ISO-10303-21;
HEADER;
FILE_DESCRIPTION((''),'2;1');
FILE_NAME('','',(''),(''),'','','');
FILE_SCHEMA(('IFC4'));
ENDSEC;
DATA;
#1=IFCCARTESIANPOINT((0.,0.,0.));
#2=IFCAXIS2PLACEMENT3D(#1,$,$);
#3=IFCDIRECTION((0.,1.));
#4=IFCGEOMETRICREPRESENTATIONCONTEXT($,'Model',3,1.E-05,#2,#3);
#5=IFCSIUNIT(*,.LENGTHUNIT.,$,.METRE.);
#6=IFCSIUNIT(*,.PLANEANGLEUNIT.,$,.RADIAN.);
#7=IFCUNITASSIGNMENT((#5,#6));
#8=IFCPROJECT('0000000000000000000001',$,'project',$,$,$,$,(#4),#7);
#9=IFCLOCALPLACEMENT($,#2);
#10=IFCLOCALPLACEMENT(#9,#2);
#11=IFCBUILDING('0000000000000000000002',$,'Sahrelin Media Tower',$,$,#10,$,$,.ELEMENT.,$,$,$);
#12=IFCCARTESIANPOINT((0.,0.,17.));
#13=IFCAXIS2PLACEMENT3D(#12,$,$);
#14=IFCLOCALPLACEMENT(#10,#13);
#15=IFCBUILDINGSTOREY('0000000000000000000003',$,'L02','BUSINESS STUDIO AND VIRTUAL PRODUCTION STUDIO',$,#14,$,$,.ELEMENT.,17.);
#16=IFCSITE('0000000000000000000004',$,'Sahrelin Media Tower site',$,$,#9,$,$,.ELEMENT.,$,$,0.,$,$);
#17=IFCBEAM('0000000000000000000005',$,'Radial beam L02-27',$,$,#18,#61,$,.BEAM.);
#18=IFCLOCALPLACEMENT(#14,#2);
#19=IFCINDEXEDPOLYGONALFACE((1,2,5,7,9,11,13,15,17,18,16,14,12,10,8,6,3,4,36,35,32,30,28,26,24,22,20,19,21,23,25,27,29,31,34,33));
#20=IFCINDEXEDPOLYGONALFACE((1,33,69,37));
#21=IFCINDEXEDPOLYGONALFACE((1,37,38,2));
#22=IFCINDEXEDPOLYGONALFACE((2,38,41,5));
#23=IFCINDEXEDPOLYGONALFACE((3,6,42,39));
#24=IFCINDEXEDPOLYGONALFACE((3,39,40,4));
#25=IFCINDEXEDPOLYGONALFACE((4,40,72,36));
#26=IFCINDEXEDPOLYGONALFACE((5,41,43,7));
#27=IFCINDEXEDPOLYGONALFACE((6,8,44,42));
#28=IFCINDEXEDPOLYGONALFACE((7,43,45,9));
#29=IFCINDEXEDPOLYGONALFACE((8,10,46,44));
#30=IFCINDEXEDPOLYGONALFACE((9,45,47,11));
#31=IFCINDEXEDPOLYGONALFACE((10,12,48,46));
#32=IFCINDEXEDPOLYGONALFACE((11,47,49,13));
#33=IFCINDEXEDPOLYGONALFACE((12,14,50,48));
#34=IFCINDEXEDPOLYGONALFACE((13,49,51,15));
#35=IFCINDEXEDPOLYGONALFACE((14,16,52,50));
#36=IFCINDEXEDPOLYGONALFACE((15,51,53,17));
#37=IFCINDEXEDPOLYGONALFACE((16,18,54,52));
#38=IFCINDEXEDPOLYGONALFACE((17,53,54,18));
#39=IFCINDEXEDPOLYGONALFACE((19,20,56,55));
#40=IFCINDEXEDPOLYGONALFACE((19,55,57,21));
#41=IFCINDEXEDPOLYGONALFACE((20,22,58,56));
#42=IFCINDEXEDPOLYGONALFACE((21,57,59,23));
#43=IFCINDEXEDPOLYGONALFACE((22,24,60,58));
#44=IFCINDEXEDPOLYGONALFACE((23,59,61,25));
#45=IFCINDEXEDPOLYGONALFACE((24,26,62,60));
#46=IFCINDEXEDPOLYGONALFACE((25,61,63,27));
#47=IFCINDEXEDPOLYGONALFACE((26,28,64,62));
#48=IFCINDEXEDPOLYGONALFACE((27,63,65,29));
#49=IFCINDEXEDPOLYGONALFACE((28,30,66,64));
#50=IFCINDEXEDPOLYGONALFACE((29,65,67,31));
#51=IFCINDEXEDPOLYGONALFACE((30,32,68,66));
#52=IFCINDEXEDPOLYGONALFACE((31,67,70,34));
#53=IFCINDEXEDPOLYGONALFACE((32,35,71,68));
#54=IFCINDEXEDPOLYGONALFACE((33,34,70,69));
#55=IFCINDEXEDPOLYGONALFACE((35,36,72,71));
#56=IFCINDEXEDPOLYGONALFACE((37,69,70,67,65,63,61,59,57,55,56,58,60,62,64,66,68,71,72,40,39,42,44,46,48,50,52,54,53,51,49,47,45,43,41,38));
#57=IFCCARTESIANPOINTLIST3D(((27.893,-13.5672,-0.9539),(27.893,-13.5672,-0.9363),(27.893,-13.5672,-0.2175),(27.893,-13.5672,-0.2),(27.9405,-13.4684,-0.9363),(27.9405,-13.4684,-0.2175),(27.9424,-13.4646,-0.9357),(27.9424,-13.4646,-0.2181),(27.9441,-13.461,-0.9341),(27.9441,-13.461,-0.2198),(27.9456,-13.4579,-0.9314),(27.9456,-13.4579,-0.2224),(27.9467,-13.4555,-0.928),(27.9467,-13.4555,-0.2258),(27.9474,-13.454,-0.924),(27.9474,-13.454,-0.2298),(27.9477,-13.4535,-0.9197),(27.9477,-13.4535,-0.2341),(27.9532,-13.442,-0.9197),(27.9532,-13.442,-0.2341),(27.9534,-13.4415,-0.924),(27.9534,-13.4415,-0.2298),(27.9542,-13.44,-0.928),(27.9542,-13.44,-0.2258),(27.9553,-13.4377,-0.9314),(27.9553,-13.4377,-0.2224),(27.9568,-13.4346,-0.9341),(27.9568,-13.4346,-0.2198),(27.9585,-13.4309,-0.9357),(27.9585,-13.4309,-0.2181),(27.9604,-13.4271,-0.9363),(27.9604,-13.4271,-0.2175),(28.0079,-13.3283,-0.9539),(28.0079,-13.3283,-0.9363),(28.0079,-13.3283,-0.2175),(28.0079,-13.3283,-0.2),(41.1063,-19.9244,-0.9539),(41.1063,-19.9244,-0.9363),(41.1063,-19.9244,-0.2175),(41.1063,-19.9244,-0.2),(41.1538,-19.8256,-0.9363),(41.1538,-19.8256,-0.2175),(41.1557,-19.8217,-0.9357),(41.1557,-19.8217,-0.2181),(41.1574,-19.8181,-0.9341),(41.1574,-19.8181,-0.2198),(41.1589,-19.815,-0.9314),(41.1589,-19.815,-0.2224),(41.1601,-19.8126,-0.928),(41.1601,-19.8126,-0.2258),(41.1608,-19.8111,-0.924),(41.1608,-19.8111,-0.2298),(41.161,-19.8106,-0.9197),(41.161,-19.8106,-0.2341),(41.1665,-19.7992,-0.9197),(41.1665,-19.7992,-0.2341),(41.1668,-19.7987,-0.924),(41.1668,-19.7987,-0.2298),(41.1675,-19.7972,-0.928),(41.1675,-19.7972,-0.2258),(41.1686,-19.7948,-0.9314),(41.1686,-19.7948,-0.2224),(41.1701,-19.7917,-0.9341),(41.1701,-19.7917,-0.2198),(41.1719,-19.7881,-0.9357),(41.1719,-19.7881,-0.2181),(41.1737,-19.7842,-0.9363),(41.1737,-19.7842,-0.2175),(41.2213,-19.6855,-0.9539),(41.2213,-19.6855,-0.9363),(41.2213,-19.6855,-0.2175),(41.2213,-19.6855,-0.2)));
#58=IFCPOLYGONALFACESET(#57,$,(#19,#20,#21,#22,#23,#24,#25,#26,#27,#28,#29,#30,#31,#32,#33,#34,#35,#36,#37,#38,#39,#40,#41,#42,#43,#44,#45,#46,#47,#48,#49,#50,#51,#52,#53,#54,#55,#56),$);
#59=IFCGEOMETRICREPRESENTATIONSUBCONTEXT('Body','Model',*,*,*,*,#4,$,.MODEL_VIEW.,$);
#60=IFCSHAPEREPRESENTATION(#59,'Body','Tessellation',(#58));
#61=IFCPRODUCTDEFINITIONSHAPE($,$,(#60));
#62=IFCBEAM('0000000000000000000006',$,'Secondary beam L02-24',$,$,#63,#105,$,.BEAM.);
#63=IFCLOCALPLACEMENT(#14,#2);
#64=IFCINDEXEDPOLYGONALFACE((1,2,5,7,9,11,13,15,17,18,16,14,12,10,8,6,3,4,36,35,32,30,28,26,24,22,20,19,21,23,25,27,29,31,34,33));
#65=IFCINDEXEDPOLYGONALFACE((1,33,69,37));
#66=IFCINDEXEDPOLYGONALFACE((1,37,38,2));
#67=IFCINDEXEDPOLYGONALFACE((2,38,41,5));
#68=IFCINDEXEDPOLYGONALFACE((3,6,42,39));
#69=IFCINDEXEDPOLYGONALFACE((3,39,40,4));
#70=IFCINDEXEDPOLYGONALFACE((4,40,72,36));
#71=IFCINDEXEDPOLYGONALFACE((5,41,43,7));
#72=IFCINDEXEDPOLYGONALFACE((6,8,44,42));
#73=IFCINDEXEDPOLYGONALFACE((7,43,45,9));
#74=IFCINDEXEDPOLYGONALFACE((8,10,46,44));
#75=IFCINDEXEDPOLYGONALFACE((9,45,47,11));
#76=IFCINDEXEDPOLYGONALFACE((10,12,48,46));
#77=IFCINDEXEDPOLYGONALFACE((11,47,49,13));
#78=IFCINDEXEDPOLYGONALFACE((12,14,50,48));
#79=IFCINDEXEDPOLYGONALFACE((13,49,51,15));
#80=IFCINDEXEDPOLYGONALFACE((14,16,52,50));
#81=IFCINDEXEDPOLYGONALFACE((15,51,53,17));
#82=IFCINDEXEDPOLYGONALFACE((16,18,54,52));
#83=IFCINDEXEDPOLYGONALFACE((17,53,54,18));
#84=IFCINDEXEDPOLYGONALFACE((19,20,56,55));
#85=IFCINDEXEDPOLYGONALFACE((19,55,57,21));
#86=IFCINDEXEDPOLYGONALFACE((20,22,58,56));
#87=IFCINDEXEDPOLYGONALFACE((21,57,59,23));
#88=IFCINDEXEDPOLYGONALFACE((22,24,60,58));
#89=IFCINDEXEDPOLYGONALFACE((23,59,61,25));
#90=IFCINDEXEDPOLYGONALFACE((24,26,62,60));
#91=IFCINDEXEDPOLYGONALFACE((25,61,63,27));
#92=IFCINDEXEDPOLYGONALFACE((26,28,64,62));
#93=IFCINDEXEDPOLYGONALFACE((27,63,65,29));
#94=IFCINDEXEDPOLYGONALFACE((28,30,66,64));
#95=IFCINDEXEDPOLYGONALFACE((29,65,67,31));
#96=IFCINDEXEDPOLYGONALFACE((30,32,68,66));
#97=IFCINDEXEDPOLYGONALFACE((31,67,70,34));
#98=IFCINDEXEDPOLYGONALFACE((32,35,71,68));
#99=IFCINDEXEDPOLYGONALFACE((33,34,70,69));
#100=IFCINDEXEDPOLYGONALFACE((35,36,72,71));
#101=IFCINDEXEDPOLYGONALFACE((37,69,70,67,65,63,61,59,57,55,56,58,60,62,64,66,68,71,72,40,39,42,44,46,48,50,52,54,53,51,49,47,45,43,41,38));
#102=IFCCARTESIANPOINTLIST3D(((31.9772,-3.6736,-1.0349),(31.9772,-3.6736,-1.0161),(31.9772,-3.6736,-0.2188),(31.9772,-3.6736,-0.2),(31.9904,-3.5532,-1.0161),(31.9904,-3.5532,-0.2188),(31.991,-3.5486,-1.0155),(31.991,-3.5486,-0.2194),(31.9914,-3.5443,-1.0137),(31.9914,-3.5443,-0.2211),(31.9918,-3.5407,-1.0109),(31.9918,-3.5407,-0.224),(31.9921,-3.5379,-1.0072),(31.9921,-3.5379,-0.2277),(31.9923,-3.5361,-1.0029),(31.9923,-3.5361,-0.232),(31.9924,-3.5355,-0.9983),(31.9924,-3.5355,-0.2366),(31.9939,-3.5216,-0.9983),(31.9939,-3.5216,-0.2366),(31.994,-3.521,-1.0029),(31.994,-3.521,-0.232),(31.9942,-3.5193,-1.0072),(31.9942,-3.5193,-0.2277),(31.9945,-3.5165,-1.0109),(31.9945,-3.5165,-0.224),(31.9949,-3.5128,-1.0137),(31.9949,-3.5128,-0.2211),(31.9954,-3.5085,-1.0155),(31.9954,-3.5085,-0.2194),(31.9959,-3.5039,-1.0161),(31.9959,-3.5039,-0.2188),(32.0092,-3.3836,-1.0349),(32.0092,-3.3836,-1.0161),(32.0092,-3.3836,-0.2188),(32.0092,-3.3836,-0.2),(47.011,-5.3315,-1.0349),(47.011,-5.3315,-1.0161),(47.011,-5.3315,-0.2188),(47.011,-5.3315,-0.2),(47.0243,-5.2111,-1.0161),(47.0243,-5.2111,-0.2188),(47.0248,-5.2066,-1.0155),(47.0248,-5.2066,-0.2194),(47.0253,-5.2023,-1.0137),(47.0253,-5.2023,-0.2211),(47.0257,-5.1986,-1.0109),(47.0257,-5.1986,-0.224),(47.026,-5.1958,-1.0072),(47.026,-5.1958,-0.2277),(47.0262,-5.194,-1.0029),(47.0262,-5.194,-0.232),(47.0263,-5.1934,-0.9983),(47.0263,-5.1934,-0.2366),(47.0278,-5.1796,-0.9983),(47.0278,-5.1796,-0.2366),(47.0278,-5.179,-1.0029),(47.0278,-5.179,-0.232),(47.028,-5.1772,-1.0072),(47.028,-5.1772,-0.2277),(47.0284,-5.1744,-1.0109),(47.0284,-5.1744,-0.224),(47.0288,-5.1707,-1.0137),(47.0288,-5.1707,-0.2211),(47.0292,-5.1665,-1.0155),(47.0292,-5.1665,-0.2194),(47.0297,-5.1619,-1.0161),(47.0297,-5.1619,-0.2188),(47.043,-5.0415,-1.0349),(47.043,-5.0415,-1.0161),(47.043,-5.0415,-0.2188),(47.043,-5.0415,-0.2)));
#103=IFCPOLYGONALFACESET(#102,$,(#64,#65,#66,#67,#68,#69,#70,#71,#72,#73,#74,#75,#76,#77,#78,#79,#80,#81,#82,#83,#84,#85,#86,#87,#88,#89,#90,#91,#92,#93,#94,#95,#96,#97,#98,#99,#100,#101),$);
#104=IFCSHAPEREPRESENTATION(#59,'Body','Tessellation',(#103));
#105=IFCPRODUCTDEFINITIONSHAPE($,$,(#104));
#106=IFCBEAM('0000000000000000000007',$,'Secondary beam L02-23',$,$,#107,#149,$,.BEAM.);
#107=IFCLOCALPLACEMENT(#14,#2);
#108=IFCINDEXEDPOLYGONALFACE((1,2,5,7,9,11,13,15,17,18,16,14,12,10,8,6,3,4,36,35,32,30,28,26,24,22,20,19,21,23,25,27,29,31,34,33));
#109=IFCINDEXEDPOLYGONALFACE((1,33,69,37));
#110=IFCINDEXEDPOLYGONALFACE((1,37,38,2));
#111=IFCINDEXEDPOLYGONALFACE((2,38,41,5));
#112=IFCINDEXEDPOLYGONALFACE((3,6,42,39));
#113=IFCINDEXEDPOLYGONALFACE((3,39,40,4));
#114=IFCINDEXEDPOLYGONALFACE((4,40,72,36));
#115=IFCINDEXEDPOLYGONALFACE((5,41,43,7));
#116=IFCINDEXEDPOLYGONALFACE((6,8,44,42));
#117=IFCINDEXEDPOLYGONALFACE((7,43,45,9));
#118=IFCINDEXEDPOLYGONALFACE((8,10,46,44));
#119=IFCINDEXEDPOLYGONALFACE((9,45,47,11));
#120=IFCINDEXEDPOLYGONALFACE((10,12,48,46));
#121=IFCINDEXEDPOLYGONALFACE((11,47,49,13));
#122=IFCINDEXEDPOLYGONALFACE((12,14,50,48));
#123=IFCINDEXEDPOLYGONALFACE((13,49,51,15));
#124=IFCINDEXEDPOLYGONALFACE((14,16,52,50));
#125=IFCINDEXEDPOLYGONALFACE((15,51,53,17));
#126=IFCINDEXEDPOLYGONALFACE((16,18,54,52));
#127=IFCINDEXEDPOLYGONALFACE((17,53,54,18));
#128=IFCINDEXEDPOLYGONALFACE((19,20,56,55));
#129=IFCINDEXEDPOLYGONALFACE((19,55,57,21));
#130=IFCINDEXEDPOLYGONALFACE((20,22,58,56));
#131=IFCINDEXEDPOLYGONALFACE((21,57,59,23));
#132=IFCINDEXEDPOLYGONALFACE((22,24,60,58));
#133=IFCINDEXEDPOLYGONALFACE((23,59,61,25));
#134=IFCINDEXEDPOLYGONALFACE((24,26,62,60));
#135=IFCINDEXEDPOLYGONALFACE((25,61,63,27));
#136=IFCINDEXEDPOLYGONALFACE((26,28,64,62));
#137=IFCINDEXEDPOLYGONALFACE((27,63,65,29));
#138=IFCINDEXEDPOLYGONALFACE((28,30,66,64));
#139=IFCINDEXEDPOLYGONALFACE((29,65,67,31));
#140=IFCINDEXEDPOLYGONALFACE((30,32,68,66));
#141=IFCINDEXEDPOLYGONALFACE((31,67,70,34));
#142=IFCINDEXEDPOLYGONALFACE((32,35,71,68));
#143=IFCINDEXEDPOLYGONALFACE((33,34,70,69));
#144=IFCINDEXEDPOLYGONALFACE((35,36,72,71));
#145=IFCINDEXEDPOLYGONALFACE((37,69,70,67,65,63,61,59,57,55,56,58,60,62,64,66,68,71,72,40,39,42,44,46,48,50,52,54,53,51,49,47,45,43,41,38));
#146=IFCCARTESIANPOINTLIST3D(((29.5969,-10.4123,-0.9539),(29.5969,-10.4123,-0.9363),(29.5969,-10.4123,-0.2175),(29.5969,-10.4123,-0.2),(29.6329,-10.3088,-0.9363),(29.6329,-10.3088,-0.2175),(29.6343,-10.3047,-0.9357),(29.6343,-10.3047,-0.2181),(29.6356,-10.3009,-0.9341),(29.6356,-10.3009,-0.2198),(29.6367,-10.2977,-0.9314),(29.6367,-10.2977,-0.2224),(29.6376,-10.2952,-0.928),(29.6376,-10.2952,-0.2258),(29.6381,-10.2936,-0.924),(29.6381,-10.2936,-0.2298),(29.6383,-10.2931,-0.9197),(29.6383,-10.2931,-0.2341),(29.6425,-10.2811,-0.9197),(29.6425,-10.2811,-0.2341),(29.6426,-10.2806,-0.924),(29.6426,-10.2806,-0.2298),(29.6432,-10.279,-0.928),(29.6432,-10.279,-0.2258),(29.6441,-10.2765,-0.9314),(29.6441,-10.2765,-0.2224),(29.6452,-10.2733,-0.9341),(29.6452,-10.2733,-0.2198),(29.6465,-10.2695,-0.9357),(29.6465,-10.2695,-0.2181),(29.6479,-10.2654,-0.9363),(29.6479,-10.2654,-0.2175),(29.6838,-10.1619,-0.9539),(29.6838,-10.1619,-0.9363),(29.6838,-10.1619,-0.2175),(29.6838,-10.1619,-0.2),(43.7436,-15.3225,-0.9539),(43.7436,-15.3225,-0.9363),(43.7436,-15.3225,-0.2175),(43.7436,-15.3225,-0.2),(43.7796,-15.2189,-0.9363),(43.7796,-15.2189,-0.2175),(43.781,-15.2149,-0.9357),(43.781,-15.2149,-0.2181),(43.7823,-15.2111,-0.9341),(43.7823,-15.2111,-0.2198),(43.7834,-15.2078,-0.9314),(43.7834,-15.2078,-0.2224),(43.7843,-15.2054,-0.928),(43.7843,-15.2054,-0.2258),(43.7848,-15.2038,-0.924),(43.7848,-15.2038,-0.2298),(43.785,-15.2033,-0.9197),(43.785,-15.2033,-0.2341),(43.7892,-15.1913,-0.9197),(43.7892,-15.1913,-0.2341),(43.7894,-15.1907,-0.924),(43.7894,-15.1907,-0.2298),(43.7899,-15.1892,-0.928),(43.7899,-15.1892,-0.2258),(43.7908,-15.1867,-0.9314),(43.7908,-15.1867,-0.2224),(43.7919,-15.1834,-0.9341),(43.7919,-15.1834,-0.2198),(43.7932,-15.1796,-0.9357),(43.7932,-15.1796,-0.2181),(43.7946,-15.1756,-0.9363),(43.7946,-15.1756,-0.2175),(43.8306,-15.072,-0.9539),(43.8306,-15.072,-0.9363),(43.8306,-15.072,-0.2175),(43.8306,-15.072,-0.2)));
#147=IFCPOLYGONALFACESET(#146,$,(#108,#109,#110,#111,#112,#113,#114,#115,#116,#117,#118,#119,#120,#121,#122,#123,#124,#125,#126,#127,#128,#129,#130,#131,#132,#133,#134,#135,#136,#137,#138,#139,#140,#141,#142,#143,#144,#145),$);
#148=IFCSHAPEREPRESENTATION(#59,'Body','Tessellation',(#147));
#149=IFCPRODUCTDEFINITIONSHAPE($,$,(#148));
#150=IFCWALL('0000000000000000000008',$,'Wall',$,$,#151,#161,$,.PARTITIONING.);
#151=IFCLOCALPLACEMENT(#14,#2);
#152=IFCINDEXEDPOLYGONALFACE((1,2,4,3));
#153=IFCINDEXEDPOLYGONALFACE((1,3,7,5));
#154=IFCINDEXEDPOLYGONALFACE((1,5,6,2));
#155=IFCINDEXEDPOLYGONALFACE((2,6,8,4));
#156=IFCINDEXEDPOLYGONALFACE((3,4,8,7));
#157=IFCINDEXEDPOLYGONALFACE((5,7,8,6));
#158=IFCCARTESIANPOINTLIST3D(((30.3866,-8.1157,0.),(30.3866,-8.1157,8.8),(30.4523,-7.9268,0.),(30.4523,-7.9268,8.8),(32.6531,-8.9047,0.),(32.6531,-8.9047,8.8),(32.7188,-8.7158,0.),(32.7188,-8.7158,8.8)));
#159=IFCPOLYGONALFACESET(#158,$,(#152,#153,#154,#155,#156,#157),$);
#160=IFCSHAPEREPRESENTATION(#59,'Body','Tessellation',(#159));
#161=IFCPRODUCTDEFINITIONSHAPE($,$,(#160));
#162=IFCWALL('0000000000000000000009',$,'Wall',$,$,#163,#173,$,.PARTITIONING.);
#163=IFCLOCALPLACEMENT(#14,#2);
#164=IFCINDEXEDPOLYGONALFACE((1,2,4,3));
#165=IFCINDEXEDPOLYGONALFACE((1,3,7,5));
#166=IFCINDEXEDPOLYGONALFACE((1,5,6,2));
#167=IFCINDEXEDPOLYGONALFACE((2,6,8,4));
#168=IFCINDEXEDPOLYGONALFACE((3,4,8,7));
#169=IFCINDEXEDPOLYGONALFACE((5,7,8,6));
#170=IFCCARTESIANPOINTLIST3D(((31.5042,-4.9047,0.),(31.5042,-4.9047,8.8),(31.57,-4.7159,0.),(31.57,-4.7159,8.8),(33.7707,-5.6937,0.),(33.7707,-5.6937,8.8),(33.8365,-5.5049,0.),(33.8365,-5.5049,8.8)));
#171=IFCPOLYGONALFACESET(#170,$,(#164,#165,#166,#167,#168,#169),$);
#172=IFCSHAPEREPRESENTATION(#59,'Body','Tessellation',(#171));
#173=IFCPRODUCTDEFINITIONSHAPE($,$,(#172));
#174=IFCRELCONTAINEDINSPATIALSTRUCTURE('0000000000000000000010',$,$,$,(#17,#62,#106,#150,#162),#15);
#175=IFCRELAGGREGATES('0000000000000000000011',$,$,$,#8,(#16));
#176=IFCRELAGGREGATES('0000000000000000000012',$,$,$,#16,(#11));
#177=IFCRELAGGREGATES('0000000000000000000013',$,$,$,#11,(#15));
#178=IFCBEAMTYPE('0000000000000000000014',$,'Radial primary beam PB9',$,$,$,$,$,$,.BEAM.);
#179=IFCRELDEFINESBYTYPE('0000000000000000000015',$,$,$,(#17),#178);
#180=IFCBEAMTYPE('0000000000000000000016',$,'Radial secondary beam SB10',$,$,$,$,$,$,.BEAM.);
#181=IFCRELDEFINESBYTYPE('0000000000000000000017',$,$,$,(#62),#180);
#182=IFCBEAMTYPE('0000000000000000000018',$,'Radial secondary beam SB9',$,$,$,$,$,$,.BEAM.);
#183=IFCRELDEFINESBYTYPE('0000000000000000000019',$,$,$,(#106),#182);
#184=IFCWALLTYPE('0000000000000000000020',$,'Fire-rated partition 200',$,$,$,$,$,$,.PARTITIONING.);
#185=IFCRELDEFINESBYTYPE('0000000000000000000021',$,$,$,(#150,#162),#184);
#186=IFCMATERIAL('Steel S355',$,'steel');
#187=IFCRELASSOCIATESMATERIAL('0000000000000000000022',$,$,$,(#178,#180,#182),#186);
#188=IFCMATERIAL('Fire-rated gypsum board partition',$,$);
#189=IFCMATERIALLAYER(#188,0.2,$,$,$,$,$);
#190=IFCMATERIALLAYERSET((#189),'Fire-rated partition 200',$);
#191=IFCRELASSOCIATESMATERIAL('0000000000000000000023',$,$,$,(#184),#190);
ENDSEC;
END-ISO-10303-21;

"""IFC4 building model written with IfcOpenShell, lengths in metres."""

from ifc_helpers import new_model, si_unit, direction, frame, frame_2d, origin, origin_2d, place, context, subcontext, project, spatial, rectangle, i_section, extrude, material, layer, layer_set, material_profile, profile_set, type_object, element, save


model = new_model("IFC4")

# Units and contexts
model_context = context("Model", 3, precision=1e-05, world=origin(), true_north=direction((0.0, 1.0)))
body_context = subcontext(model_context, "Body", "Model", "MODEL_VIEW")
ifc_project = project(units=[si_unit("LENGTHUNIT", "METRE"), si_unit("PLANEANGLEUNIT", "RADIAN")], contexts=[model_context])

# Site, building, storey
site_placement = place(None, origin())
site = spatial("IfcSite", under=ifc_project, at=site_placement, Name="Sahrelin Media Tower site", CompositionType="ELEMENT", RefElevation=0.0)
building_placement = place(site_placement, origin())
building = spatial("IfcBuilding", under=site, at=building_placement, Name="Sahrelin Media Tower", CompositionType="ELEMENT")
storey_placement = place(building_placement, frame((0.0, 0.0, 17.0)))
storey = spatial("IfcBuildingStorey", under=building, at=storey_placement, Name="L02", Description="BUSINESS STUDIO AND VIRTUAL PRODUCTION STUDIO", CompositionType="ELEMENT", Elevation=17.0)

# Beams
ifc_material_1 = material(Name="Steel S355", Category="steel")
ifc_material_profile_1 = material_profile(ifc_material_1, i_section(OverallWidth=0.2651, OverallDepth=0.7539, WebThickness=0.0127, FlangeThickness=0.0176, FilletRadius=0.0166, at=origin_2d()), Name="UB 762x267x147")
ifc_profile_set_1 = profile_set([ifc_material_profile_1], Name="Steel S355")
beam_type_1 = type_object("IfcBeamType", Name="Radial primary beam PB9", PredefinedType="BEAM", material=ifc_profile_set_1)
beam_1_placement = place(storey_placement, frame((27.9504, -13.4478, -0.5769), z_axis=(0.90113, -0.433549, 0.0), x_axis=(0.433549, 0.90113, 0.0)))
element("IfcBeam", 1, at=beam_1_placement, inside=storey, type_object=beam_type_1, Name="Radial beam L02-27", PredefinedType="BEAM", context=body_context, shape_type="SweptSolid", body=[
    extrude(i_section(OverallWidth=0.2651, OverallDepth=0.7539, WebThickness=0.0127, FlangeThickness=0.0176, FilletRadius=0.0166, at=origin_2d()), origin(), (0.0, 0.0, 1.0), 14.6631),
])
ifc_material_profile_2 = material_profile(ifc_material_1, i_section(OverallWidth=0.2917, OverallDepth=0.835, WebThickness=0.0139, FlangeThickness=0.0188, FilletRadius=0.0178, at=origin_2d()), Name="UB 838x292x176")
ifc_profile_set_2 = profile_set([ifc_material_profile_2], Name="Steel S355")
beam_type_2 = type_object("IfcBeamType", Name="Radial secondary beam SB10", PredefinedType="BEAM", material=ifc_profile_set_2)
beam_2_placement = place(storey_placement, frame((31.9932, -3.5286, -0.6174), z_axis=(0.993974, -0.109617, 0.0), x_axis=(0.109617, 0.993974, 0.0)))
element("IfcBeam", 2, at=beam_2_placement, inside=storey, type_object=beam_type_2, Name="Secondary beam L02-24", PredefinedType="BEAM", context=body_context, shape_type="SweptSolid", body=[
    extrude(i_section(OverallWidth=0.2917, OverallDepth=0.835, WebThickness=0.0139, FlangeThickness=0.0188, FilletRadius=0.0178, at=origin_2d()), origin(), (0.0, 0.0, 1.0), 15.125),
])
ifc_material_profile_3 = material_profile(ifc_material_1, i_section(OverallWidth=0.2651, OverallDepth=0.7539, WebThickness=0.0127, FlangeThickness=0.0176, FilletRadius=0.0166, at=origin_2d()), Name="UB 762x267x147")
ifc_profile_set_3 = profile_set([ifc_material_profile_3], Name="Steel S355")
beam_type_3 = type_object("IfcBeamType", Name="Radial secondary beam SB9", PredefinedType="BEAM", material=ifc_profile_set_3)
beam_3_placement = place(storey_placement, frame((29.6404, -10.2871, -0.5769), z_axis=(0.944713, -0.327898, 0.0), x_axis=(0.327898, 0.944713, 0.0)))
element("IfcBeam", 3, at=beam_3_placement, inside=storey, type_object=beam_type_3, Name="Secondary beam L02-23", PredefinedType="BEAM", context=body_context, shape_type="SweptSolid", body=[
    extrude(i_section(OverallWidth=0.2651, OverallDepth=0.7539, WebThickness=0.0127, FlangeThickness=0.0176, FilletRadius=0.0166, at=origin_2d()), origin(), (0.0, 0.0, 1.0), 14.9746),
])

# Walls
ifc_material_2 = material(Name="Fire-rated gypsum board partition")
ifc_layer_1 = layer(ifc_material_2, 0.2)
ifc_layer_set_1 = layer_set([ifc_layer_1], Name="Fire-rated partition 200")
wall_type_1 = type_object("IfcWallType", Name="Fire-rated partition 200", PredefinedType="PARTITIONING", material=ifc_layer_set_1)
for number, where, z_axis, x_axis, name in (
    (4, (30.4194, -8.0212, 0.0), (0.0, 0.0, 1.0), (0.944409, -0.328773, 0.0), "Wall"),
    (5, (31.5371, -4.8103, 0.0), (0.0, 0.0, 1.0), (0.944409, -0.328773, 0.0), "Wall"),
):
    element("IfcWall", number, at=place(storey_placement, frame(where, z_axis=z_axis, x_axis=x_axis)), inside=storey, type_object=wall_type_1, Name=name, PredefinedType="PARTITIONING", context=body_context, shape_type="SweptSolid", body=[
        extrude(rectangle(XDim=2.3999, YDim=0.2, at=frame_2d((1.2, 0.0))), origin(), (0.0, 0.0, 1.0), 8.8),
    ])

save(model, "model.ifc")
